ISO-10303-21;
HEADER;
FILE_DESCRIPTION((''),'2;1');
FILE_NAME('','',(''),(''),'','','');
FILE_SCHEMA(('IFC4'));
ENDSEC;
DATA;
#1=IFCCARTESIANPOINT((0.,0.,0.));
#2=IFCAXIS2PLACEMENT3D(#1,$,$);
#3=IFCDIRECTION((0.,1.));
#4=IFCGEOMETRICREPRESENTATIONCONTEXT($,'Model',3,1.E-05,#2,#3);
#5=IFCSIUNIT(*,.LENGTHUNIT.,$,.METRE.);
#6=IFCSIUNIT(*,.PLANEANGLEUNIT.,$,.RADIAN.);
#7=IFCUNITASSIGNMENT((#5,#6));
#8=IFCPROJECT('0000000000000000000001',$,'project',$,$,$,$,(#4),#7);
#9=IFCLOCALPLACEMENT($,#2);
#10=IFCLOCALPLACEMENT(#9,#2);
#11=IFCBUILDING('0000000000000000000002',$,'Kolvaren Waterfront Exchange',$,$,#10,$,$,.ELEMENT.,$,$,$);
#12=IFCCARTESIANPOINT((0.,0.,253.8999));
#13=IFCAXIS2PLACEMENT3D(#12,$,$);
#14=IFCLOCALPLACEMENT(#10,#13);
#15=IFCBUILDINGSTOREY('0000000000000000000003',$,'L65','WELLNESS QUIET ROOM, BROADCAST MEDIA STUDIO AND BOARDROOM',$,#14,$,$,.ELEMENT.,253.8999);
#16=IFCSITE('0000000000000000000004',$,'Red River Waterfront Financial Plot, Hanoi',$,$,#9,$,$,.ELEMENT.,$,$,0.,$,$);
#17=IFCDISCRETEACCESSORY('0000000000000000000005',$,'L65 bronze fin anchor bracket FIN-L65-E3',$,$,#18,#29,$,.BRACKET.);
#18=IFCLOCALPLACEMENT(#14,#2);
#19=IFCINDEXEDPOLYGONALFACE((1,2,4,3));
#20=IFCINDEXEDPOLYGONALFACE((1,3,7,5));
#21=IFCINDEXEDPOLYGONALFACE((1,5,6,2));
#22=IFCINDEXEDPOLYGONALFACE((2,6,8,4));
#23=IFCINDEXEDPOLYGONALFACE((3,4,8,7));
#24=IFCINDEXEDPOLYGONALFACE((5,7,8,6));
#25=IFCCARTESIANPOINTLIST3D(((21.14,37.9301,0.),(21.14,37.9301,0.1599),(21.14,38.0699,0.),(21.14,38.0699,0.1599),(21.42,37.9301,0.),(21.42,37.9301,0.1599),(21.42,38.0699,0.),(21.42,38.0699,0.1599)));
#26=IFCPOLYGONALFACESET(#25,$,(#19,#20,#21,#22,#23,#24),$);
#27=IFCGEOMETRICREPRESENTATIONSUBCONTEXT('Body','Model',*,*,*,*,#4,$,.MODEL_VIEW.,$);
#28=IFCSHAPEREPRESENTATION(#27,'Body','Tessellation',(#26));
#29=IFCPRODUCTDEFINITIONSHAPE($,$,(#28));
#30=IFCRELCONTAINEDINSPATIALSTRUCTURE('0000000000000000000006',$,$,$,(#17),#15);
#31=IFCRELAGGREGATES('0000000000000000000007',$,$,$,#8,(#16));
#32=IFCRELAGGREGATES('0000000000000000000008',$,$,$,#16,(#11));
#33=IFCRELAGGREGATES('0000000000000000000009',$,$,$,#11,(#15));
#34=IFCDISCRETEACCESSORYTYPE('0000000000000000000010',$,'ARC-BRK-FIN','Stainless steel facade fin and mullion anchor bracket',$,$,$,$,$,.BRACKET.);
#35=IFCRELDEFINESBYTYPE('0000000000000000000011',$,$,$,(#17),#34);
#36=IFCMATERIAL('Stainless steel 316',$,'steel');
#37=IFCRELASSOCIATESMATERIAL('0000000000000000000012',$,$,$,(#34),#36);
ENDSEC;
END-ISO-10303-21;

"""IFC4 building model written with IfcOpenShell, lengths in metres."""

from ifc_helpers import new_model, si_unit, direction, frame, origin, origin_with_axes, origin_2d, place, context, subcontext, project, spatial, rectangle, extrude, source, transform, mapped, material, type_object, element, save


model = new_model("IFC4")

# Units and contexts
model_context = context("Model", 3, precision=1e-05, world=origin(), true_north=direction((0.0, 1.0)))
body_context = subcontext(model_context, "Body", "Model", "MODEL_VIEW")
ifc_project = project(units=[si_unit("LENGTHUNIT", "METRE"), si_unit("PLANEANGLEUNIT", "RADIAN")], contexts=[model_context])

# Site, building, storey
site_placement = place(None, origin())
site = spatial("IfcSite", under=ifc_project, at=site_placement, Name="Red River Waterfront Financial Plot, Hanoi", CompositionType="ELEMENT", RefElevation=0.0)
building_placement = place(site_placement, origin())
building = spatial("IfcBuilding", under=site, at=building_placement, Name="Kolvaren Waterfront Exchange", CompositionType="ELEMENT")
storey_placement = place(building_placement, frame((0.0, 0.0, 253.8999)))
storey = spatial("IfcBuildingStorey", under=building, at=storey_placement, Name="L65", Description="WELLNESS QUIET ROOM, BROADCAST MEDIA STUDIO AND BOARDROOM", CompositionType="ELEMENT", Elevation=253.8999)

# Shared definitions
ifc_material_1 = material(Name="Stainless steel 316", Category="steel")

# Discrete accessory
discrete_accessory_type = type_object("IfcDiscreteAccessoryType", Name="ARC-BRK-FIN", Description="Stainless steel facade fin and mullion anchor bracket", PredefinedType="BRACKET", material=ifc_material_1)
shared_shape_1 = source(origin_with_axes(), body_context, "Body", "SweptSolid", [
    extrude(rectangle(XDim=0.28, YDim=0.1399, at=origin_2d()), origin(), (0.0, 0.0, 1.0), 0.1599),
])
for number, where, z_axis, x_axis, name in (
    (1, (21.28, 38.0, 0.0), (0.0, 0.0, 1.0), (1.0, 0.0, 0.0), "L65 bronze fin anchor bracket FIN-L65-E3"),
):
    element("IfcDiscreteAccessory", number, at=place(storey_placement, frame(where, z_axis=z_axis, x_axis=x_axis)), inside=storey, type_object=discrete_accessory_type, Name=name, PredefinedType="BRACKET", context=body_context, shape_type="MappedRepresentation", body=[
        mapped(shared_shape_1, transform((0.0, 0.0, 0.0), x_axis=(1.0, 0.0, 0.0), y_axis=(0.0, 1.0, 0.0), z_axis=(0.0, 0.0, 1.0), scale=1.0)),
    ])

save(model, "model.ifc")
